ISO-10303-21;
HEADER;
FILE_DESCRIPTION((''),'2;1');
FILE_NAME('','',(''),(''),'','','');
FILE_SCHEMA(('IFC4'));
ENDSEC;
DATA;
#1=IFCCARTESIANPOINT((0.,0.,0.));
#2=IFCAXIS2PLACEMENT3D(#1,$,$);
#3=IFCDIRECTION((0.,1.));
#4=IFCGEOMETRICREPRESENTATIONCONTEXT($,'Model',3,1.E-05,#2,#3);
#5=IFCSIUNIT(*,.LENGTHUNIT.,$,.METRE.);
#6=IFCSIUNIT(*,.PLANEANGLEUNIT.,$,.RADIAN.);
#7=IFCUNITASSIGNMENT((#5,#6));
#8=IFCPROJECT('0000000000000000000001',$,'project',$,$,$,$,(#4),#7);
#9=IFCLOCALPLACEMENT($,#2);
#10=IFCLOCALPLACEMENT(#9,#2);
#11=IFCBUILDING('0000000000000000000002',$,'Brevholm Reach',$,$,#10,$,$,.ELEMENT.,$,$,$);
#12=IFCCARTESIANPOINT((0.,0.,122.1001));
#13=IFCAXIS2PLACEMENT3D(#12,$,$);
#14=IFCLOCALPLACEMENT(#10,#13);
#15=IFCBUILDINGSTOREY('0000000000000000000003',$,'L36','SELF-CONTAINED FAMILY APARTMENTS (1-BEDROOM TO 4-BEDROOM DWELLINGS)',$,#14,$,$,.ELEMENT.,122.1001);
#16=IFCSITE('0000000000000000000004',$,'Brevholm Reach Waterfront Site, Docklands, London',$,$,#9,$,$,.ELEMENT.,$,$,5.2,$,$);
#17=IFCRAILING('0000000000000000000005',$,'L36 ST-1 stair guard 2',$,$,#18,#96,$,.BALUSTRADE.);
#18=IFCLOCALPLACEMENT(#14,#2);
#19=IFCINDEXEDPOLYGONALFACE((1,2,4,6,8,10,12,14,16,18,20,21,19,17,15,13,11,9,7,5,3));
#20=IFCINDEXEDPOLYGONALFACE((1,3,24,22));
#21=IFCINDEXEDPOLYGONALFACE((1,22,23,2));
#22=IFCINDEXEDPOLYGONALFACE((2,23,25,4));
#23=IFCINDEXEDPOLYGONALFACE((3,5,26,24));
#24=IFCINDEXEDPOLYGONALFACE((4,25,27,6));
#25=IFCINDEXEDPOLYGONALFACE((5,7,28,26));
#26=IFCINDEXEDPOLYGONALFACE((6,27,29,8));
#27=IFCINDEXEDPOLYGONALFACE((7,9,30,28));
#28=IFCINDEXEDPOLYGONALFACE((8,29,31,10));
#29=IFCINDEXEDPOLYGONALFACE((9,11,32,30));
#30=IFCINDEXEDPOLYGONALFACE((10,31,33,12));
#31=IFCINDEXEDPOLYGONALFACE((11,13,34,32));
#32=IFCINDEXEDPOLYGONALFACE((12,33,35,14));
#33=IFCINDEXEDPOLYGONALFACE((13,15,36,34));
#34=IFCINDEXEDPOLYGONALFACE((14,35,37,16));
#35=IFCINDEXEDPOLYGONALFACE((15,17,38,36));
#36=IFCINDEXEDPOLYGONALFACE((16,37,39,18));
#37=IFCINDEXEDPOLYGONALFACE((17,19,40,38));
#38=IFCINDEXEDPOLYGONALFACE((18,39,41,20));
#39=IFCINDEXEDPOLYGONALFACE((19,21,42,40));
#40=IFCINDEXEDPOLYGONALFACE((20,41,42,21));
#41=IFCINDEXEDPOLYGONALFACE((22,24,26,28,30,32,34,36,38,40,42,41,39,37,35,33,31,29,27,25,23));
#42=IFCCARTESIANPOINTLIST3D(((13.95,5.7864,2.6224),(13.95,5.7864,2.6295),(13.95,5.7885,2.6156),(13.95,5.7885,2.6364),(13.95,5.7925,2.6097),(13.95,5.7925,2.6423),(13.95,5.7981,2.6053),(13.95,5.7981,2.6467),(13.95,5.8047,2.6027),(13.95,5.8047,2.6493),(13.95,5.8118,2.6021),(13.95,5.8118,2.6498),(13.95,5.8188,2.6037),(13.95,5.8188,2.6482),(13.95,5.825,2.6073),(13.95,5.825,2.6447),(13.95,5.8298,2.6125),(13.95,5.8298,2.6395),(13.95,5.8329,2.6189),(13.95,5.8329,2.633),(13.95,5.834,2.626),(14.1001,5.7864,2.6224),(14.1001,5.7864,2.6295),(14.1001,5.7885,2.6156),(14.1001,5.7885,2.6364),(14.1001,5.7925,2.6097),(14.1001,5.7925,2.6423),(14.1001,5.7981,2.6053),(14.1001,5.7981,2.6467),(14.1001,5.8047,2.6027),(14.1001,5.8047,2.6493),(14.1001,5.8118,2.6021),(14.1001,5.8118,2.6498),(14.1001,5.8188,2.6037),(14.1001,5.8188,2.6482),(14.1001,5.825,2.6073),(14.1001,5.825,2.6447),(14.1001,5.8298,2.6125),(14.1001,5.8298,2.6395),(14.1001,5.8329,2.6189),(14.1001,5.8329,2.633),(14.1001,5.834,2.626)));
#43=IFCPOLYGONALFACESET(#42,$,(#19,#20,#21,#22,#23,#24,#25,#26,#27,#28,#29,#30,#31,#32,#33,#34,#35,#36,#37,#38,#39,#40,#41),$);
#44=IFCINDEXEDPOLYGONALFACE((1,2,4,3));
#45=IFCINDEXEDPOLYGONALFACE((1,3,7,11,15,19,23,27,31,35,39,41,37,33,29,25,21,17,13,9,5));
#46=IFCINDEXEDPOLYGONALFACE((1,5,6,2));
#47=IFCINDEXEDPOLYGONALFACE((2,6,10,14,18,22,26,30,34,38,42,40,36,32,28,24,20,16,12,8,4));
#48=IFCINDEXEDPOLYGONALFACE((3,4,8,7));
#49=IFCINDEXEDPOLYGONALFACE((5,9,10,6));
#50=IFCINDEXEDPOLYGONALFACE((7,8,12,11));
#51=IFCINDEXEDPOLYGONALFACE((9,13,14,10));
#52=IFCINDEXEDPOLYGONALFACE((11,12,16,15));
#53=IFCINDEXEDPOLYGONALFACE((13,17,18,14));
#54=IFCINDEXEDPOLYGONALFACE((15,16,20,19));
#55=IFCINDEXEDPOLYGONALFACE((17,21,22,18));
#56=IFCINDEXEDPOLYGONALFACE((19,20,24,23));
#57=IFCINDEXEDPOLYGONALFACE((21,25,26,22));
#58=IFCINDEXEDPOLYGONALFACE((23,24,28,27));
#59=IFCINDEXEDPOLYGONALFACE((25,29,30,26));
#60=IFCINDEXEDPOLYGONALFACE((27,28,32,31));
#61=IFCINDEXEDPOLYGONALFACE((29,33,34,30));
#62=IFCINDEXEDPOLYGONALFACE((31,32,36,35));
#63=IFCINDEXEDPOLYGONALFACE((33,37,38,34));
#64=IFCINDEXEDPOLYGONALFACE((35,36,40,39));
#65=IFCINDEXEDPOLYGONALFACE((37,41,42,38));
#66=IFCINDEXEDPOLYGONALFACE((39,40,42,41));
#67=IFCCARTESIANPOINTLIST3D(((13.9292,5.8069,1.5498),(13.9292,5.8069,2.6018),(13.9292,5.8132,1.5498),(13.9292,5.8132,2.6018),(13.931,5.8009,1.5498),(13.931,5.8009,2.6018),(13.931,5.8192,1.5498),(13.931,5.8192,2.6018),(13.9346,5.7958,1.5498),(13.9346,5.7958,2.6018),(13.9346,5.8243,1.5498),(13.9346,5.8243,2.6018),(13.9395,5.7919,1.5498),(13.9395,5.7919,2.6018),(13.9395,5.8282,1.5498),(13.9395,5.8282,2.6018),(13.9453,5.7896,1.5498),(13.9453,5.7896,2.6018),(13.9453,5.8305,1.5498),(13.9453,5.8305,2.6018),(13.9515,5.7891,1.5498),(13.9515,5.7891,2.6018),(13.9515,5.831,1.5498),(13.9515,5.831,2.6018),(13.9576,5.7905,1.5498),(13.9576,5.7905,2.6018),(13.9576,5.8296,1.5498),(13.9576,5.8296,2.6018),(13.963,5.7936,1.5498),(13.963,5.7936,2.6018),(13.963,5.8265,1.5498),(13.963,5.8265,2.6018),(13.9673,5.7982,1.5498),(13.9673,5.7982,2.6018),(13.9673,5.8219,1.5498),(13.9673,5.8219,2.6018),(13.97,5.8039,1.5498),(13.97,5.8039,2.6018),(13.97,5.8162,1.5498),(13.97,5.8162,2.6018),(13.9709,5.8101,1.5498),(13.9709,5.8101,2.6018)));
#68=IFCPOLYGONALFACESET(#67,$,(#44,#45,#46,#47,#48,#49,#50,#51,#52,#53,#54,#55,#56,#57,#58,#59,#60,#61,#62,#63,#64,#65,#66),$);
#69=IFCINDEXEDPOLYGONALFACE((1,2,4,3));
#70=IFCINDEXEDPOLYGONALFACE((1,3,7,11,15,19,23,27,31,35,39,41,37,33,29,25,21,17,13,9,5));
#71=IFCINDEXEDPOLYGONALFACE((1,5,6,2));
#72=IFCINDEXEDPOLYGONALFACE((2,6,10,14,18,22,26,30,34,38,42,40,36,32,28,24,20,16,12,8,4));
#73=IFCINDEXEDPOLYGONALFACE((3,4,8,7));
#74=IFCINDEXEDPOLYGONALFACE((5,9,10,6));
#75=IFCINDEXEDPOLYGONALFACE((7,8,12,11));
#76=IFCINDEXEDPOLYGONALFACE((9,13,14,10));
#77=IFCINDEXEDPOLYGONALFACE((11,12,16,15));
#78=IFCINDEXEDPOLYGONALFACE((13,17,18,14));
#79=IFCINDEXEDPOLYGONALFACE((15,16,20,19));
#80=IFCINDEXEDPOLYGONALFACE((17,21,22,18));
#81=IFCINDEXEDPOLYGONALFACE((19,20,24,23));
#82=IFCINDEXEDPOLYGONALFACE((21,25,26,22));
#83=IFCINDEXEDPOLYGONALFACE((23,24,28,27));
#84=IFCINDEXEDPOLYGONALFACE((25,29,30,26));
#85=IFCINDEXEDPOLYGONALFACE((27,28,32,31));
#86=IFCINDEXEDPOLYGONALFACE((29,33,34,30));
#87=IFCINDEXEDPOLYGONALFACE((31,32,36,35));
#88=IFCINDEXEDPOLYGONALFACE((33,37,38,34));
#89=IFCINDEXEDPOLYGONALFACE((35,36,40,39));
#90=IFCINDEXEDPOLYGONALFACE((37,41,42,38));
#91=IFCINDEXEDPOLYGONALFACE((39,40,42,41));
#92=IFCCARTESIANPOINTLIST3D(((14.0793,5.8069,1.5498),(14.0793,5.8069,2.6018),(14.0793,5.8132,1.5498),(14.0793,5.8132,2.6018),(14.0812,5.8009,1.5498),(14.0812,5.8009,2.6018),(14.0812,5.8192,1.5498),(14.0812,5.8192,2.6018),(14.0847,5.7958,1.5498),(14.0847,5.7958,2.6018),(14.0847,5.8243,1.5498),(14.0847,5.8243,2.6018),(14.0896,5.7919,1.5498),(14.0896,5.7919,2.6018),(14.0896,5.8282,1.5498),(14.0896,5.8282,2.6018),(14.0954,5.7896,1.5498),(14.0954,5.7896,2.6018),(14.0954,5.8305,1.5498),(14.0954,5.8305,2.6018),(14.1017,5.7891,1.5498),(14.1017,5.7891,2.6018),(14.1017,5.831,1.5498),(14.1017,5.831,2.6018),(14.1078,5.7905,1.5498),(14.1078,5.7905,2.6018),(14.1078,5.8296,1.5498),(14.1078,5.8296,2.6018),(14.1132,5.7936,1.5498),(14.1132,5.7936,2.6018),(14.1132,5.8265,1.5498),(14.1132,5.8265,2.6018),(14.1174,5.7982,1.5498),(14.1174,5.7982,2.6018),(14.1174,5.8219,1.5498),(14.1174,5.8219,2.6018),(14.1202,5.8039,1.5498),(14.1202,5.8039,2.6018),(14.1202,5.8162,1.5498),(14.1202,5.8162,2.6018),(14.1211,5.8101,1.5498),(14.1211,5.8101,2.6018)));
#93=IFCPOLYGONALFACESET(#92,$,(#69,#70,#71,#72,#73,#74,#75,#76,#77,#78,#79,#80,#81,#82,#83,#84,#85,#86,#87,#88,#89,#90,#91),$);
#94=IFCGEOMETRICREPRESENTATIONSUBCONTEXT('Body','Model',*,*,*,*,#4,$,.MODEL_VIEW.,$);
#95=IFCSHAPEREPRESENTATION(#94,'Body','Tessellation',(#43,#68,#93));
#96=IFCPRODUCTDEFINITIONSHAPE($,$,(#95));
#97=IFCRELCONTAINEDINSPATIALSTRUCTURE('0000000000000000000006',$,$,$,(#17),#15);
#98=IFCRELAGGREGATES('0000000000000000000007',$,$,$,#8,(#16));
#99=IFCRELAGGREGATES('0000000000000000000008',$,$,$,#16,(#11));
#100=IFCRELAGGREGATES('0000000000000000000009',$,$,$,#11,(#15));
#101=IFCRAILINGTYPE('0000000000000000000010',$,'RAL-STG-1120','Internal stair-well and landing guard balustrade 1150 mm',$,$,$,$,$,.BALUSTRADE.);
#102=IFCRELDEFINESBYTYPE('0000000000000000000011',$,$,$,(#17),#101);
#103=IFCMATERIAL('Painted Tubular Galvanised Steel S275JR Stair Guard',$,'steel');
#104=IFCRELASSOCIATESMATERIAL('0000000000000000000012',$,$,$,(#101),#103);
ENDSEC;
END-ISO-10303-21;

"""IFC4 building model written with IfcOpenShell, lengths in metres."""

from ifc_helpers import new_model, si_unit, direction, frame, origin, origin_2d, place, context, subcontext, project, spatial, circle, extrude, material, type_object, element, save


model = new_model("IFC4")

# Units and contexts
model_context = context("Model", 3, precision=1e-05, world=origin(), true_north=direction((0.0, 1.0)))
body_context = subcontext(model_context, "Body", "Model", "MODEL_VIEW")
ifc_project = project(units=[si_unit("LENGTHUNIT", "METRE"), si_unit("PLANEANGLEUNIT", "RADIAN")], contexts=[model_context])

# Site, building, storey
site_placement = place(None, origin())
site = spatial("IfcSite", under=ifc_project, at=site_placement, Name="Brevholm Reach Waterfront Site, Docklands, London", CompositionType="ELEMENT", RefElevation=5.2)
building_placement = place(site_placement, origin())
building = spatial("IfcBuilding", under=site, at=building_placement, Name="Brevholm Reach", CompositionType="ELEMENT")
storey_placement = place(building_placement, frame((0.0, 0.0, 122.1001)))
storey = spatial("IfcBuildingStorey", under=building, at=storey_placement, Name="L36", Description="SELF-CONTAINED FAMILY APARTMENTS (1-BEDROOM TO 4-BEDROOM DWELLINGS)", CompositionType="ELEMENT", Elevation=122.1001)

# Railing
ifc_material_1 = material(Name="Painted Tubular Galvanised Steel S275JR Stair Guard", Category="steel")
railing_type_1 = type_object("IfcRailingType", Name="RAL-STG-1120", Description="Internal stair-well and landing guard balustrade 1150 mm", PredefinedType="BALUSTRADE", material=ifc_material_1)
railing_1_placement = place(storey_placement, frame((13.95, 5.8101, 1.5498)))
element("IfcRailing", 1, at=railing_1_placement, inside=storey, type_object=railing_type_1, Name="L36 ST-1 stair guard 2", PredefinedType="BALUSTRADE", context=body_context, shape_type="SweptSolid", body=[
    extrude(circle(Radius=0.0239, at=origin_2d()), frame((0.0, 0.0, 1.0762), z_axis=(1.0, 0.0, 0.0), x_axis=(0.0, 1.0, 0.0)), (0.0, 0.0, 1.0), 0.1501),
    extrude(circle(Radius=0.021, at=origin_2d()), origin(), (0.0, 0.0, 1.0), 1.052),
    extrude(circle(Radius=0.021, at=origin_2d()), frame((0.1501, 0.0, 0.0)), (0.0, 0.0, 1.0), 1.052),
])

save(model, "model.ifc")
